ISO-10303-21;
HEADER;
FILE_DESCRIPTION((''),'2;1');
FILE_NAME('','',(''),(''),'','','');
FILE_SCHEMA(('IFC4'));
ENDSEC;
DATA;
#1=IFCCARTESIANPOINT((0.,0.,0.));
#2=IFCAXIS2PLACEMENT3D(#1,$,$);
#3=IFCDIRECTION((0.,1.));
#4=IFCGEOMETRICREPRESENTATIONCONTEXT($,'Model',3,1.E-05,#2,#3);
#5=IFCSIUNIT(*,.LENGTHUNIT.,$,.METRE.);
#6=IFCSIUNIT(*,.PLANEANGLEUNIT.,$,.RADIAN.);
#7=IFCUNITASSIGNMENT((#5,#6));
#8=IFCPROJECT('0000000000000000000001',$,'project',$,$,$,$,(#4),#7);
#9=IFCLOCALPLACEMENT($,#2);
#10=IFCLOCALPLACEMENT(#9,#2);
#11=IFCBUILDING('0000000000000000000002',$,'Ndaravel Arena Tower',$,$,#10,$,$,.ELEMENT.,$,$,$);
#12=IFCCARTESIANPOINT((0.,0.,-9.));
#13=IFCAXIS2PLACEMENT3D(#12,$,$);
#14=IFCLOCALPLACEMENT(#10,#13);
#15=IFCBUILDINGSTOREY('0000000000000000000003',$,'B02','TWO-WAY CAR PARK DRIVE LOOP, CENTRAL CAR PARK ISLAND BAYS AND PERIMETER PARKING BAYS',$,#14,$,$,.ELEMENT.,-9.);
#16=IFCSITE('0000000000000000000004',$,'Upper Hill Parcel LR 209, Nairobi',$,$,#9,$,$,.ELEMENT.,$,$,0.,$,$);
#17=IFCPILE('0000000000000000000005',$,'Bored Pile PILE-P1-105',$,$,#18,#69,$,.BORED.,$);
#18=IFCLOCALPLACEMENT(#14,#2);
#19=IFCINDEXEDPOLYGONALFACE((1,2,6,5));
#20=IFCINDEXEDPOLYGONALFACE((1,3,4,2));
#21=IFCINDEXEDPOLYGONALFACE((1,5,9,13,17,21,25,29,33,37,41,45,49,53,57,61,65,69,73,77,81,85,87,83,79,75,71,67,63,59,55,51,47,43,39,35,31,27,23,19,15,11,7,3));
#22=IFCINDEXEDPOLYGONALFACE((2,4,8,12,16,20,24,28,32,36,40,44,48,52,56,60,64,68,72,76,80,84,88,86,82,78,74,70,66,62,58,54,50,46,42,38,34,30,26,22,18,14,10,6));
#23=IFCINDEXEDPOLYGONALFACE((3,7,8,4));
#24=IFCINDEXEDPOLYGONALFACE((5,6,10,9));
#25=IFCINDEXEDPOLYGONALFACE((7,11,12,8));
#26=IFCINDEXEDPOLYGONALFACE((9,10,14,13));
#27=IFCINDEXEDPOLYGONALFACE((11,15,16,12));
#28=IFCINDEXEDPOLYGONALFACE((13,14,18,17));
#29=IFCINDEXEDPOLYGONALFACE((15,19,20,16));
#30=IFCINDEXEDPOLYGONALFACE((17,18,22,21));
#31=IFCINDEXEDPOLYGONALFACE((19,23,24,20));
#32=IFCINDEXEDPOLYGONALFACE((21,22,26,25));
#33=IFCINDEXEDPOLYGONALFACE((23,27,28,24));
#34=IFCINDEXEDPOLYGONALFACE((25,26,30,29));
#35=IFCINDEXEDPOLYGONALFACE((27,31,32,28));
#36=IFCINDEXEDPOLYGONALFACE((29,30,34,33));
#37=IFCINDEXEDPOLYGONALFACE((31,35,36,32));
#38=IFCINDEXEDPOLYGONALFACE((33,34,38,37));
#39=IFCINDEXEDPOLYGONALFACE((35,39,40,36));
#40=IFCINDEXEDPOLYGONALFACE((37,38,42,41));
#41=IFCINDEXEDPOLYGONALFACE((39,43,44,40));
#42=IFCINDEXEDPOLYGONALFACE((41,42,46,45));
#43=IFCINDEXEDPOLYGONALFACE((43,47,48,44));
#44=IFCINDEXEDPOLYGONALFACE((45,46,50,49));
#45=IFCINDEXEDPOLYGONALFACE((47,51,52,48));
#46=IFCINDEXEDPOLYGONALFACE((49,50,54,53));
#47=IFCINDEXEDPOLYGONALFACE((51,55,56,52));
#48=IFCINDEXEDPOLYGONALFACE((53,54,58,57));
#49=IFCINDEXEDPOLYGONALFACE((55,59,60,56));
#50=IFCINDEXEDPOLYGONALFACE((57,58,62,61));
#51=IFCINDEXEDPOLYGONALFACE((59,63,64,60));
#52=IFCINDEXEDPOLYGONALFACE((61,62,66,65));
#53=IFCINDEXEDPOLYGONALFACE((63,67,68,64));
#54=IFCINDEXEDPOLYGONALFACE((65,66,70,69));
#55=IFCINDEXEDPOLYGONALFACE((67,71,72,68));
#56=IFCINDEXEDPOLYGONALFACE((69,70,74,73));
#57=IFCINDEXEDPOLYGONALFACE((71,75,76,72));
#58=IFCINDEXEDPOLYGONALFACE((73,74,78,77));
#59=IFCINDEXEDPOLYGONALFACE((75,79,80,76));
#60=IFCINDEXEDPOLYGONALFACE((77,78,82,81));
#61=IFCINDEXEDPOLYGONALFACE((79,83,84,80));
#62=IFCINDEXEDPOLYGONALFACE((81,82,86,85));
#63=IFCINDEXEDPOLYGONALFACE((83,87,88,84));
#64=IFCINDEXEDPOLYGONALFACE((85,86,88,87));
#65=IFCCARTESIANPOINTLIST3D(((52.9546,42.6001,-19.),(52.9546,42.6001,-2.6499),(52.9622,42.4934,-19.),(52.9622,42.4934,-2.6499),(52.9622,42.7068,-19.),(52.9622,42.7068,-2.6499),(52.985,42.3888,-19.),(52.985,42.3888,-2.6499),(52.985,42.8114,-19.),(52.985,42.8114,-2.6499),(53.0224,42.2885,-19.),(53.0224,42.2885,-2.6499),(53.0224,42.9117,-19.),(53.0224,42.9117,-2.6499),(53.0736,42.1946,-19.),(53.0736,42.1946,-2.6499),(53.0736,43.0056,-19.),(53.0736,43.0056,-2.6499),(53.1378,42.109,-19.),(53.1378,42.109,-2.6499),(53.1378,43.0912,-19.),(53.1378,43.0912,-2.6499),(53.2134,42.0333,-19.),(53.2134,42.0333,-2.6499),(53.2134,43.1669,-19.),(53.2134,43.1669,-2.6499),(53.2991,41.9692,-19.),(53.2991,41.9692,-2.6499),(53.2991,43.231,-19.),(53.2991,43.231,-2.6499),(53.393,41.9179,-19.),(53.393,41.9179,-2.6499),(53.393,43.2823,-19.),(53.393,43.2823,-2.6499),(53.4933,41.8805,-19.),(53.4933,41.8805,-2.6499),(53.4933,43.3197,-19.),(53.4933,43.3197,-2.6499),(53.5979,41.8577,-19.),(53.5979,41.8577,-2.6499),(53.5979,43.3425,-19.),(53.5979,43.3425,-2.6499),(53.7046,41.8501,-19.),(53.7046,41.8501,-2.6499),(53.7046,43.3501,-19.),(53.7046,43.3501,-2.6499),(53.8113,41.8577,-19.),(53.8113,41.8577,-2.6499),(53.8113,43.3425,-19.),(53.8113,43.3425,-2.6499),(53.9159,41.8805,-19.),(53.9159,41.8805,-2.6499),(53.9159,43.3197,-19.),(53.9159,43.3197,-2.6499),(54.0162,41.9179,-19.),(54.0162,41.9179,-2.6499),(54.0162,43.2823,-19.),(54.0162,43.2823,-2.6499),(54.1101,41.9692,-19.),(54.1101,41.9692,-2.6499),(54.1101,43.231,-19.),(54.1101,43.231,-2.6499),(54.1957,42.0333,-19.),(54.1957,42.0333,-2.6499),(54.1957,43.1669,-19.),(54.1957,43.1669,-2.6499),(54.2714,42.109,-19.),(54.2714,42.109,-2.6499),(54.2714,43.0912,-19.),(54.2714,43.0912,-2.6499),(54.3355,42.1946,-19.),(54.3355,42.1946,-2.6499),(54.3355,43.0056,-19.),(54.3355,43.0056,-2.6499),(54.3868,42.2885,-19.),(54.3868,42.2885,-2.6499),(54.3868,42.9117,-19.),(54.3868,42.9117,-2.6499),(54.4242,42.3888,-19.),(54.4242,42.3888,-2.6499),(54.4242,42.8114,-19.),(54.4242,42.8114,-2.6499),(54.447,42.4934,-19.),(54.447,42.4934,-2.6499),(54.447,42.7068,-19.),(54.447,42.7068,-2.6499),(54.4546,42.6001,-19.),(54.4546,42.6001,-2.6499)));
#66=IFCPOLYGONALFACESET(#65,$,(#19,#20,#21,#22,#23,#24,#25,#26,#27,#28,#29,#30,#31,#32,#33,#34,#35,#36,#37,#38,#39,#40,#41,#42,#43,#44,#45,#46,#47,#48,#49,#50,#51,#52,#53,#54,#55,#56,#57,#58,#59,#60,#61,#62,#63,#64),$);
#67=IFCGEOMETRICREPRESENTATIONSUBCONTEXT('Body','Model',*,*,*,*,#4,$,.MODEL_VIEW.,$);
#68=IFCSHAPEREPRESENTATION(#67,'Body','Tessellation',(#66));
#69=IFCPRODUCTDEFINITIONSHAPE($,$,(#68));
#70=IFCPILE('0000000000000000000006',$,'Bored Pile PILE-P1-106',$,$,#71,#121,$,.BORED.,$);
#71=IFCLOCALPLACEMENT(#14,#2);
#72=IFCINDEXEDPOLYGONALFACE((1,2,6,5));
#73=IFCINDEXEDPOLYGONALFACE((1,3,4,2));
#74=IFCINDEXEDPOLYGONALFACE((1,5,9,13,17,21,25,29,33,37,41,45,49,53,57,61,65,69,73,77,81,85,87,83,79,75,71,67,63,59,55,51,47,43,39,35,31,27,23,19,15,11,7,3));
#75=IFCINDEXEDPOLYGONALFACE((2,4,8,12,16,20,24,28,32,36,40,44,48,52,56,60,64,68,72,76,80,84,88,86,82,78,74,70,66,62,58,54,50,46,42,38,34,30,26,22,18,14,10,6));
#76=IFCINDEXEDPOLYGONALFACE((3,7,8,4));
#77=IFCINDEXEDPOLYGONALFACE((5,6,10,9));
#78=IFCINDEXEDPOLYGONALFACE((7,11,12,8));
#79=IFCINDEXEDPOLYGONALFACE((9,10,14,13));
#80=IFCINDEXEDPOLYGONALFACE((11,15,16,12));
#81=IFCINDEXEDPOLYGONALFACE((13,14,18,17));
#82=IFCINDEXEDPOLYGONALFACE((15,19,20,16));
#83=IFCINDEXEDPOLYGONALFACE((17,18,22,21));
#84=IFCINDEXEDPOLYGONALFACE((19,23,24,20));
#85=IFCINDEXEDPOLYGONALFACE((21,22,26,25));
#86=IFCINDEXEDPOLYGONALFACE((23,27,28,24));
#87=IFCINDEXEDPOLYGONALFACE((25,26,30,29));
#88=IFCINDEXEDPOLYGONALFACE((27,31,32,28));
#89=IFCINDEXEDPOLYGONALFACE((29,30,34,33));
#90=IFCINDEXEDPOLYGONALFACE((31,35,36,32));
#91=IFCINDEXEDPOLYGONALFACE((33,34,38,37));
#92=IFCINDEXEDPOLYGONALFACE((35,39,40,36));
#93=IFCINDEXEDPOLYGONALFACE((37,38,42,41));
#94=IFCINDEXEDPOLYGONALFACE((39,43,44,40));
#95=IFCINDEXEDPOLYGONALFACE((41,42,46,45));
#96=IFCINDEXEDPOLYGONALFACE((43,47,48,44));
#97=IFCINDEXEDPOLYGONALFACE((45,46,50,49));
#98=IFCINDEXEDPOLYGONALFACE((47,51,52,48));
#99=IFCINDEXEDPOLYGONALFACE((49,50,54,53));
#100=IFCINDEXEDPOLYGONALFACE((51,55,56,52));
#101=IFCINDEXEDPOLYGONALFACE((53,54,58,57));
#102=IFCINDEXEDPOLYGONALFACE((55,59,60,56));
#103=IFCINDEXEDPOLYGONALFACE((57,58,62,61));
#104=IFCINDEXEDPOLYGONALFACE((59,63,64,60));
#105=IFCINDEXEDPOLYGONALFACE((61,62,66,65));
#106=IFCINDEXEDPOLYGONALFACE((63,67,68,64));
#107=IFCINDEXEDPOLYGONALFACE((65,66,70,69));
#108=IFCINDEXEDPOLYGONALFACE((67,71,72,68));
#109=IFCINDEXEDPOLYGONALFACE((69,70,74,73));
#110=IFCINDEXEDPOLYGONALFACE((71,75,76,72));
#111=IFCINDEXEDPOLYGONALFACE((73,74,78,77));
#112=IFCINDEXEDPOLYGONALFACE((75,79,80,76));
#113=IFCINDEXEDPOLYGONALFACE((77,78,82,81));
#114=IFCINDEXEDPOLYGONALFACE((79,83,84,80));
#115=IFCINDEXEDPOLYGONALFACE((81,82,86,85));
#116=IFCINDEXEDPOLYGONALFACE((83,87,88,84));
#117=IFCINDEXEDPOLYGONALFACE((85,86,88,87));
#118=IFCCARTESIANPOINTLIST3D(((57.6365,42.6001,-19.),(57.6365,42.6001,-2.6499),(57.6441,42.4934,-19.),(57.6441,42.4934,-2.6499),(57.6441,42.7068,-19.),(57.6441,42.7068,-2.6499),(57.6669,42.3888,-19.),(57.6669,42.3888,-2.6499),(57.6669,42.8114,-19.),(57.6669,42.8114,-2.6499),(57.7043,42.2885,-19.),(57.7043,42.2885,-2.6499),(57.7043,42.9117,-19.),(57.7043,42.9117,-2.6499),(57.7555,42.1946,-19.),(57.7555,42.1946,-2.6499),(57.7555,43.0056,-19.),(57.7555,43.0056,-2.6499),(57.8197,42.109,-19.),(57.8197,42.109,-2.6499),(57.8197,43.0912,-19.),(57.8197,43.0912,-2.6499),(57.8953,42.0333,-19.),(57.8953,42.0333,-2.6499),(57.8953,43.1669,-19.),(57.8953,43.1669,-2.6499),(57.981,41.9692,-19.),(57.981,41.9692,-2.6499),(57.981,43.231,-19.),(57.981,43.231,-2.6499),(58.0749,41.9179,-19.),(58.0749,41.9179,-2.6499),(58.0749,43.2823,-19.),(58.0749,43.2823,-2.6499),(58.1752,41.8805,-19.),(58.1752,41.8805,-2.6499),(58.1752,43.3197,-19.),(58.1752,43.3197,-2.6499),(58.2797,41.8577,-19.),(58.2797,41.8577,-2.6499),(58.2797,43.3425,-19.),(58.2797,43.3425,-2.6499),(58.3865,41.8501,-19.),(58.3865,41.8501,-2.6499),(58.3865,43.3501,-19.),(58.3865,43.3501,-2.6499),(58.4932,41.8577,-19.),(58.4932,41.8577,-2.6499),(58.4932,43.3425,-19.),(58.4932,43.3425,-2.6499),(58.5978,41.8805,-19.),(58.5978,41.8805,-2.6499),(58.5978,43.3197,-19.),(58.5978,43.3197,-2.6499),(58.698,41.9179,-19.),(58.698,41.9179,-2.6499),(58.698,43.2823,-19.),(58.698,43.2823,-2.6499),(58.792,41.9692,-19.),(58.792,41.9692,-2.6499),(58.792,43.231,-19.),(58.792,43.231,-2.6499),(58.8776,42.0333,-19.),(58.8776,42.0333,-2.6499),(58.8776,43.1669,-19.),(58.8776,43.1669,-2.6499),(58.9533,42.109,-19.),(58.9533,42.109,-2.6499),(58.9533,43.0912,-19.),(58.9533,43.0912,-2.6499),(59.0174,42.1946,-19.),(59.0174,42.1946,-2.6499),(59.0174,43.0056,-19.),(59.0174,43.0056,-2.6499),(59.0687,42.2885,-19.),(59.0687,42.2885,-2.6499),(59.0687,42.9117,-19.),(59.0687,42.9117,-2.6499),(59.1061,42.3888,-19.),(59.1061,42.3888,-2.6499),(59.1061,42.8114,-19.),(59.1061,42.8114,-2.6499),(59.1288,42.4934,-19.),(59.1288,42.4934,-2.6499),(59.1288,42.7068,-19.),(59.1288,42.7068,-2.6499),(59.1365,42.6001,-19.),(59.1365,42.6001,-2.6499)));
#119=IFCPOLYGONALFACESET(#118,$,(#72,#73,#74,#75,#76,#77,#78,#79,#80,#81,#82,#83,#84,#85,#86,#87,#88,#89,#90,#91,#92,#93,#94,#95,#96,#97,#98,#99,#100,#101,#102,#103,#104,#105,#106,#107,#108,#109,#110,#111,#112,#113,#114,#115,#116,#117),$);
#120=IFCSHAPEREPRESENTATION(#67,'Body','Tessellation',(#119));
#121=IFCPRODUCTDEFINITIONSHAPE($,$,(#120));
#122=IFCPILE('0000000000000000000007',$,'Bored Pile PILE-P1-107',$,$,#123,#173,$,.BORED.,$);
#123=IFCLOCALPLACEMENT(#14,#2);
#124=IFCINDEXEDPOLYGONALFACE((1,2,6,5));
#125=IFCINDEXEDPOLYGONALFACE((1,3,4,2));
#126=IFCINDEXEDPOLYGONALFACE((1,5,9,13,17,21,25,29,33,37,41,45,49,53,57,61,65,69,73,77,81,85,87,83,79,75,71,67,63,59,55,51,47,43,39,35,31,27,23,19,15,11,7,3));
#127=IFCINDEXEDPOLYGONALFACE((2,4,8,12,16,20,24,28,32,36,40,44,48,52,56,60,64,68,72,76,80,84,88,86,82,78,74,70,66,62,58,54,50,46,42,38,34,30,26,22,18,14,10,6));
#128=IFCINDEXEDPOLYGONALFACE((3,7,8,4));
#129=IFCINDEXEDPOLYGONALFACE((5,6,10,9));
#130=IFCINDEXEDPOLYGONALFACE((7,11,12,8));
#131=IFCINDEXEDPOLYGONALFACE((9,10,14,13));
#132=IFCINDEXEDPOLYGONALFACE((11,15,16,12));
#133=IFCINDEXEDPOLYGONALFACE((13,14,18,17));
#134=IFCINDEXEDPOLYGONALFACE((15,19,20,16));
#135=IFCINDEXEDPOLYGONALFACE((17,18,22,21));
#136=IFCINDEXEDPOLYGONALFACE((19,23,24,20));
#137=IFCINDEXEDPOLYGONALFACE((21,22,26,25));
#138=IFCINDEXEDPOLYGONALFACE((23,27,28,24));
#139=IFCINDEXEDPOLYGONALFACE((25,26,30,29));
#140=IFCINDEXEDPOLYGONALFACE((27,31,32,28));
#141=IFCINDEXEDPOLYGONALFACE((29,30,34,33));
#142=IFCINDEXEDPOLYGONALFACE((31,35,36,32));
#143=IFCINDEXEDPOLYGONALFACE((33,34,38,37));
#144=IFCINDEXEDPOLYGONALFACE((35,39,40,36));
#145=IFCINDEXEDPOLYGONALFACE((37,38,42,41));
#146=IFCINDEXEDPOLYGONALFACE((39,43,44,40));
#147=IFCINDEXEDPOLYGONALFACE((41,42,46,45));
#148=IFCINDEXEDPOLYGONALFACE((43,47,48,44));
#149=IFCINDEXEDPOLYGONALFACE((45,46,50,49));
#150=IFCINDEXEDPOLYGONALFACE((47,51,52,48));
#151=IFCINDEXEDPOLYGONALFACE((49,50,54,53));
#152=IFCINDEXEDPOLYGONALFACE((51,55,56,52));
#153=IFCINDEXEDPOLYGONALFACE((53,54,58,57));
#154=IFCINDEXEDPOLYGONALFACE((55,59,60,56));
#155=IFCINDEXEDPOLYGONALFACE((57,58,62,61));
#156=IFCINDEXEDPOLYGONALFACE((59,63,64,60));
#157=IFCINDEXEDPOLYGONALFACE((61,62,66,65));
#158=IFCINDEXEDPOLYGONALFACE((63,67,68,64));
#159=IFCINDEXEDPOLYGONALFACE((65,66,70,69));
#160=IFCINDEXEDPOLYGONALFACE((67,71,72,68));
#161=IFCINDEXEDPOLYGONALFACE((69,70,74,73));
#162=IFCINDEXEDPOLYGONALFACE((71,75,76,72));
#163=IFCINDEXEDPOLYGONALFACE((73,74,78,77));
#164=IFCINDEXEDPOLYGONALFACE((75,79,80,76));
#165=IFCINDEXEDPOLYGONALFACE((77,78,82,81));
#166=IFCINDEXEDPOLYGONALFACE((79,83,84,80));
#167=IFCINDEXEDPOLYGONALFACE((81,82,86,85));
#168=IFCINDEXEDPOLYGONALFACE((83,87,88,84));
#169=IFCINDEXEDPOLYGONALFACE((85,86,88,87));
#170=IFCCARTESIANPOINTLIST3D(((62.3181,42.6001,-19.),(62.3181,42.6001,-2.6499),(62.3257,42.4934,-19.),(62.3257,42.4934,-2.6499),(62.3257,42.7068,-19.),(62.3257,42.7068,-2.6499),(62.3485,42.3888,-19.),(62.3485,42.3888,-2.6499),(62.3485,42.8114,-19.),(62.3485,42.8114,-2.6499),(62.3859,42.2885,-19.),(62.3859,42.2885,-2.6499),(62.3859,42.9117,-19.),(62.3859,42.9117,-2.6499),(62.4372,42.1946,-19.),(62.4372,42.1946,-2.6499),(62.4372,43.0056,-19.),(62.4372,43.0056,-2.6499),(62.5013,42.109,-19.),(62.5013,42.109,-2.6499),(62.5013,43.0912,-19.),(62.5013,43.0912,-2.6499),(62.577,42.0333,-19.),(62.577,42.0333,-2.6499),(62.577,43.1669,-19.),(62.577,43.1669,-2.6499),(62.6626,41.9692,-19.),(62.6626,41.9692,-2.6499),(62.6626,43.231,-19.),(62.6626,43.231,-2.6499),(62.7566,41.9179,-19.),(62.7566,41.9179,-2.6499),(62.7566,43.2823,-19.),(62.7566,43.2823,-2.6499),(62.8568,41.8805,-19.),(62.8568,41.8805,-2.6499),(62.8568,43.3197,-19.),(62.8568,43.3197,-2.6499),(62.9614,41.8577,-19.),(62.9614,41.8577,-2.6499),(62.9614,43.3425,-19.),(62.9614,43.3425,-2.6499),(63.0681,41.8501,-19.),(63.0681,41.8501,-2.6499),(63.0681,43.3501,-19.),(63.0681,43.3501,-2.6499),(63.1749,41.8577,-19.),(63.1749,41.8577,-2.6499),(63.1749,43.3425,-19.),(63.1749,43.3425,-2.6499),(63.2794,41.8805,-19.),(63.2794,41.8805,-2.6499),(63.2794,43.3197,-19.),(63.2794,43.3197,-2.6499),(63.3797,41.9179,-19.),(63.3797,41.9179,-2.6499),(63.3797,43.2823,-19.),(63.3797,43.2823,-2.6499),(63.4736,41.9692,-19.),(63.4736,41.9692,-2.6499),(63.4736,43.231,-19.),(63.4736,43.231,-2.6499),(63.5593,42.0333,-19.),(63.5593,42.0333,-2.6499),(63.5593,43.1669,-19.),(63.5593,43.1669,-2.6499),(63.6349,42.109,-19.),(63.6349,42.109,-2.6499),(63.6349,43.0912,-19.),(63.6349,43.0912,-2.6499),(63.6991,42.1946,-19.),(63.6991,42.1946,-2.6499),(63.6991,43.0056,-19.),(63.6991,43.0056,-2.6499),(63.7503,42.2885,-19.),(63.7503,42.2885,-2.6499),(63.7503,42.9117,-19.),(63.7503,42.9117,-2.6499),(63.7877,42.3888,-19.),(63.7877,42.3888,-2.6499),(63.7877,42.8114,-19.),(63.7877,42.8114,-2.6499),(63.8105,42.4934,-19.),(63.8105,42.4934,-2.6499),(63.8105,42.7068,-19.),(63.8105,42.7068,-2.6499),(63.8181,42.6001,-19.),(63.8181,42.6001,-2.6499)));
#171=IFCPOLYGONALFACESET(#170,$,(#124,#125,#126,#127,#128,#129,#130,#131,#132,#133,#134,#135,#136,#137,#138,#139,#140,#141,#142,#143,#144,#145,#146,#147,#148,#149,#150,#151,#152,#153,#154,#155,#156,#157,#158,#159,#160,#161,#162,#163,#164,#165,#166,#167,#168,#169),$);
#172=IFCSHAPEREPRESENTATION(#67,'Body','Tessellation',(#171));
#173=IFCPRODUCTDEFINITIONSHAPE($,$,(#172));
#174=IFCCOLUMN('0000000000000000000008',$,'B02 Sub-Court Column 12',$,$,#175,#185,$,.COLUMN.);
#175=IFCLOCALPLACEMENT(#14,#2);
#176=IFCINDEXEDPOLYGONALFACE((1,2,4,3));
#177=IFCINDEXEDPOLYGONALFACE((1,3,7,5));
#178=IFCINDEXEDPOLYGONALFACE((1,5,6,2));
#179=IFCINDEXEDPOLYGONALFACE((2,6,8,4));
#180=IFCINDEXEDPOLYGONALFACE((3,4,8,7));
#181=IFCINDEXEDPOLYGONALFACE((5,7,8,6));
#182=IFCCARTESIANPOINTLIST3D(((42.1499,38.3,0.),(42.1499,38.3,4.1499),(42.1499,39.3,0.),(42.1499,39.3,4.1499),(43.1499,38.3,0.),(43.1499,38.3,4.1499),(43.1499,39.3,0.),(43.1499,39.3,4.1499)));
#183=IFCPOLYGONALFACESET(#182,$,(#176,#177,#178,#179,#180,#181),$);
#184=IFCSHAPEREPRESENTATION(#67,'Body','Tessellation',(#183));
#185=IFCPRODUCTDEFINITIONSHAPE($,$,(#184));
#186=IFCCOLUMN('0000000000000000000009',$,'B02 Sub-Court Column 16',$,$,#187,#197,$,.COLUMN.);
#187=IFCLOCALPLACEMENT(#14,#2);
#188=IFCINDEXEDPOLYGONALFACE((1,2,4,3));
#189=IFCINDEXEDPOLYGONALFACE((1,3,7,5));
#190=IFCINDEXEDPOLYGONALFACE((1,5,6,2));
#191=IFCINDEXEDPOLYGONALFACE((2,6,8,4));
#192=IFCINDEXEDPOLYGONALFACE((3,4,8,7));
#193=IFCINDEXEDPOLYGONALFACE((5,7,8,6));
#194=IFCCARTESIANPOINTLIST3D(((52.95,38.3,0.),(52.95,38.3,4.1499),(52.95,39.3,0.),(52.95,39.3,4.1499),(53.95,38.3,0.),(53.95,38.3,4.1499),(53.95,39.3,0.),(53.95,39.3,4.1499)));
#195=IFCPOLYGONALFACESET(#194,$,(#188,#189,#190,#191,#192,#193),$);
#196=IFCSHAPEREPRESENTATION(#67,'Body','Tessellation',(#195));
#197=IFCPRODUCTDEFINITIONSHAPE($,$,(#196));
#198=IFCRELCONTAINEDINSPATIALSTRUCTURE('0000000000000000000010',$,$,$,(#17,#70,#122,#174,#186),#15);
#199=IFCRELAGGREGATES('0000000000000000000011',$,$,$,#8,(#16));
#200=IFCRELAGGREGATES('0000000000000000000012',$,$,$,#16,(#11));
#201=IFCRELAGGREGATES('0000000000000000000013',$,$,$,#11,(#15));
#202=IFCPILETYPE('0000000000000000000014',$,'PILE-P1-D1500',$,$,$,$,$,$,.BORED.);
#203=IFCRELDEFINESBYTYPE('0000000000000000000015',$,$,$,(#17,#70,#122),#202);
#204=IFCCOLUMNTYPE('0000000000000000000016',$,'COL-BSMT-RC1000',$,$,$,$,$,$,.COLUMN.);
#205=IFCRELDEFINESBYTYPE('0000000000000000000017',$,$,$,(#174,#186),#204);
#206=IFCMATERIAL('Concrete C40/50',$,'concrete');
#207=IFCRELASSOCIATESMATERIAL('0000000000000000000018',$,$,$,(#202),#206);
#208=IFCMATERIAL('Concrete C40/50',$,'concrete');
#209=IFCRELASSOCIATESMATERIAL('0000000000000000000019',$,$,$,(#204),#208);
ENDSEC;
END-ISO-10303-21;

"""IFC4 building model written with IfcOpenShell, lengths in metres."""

from ifc_helpers import new_model, si_unit, direction, frame, origin, origin_2d, place, context, subcontext, project, spatial, rectangle, circle, extrude, material, material_profile, profile_set, type_object, element, save


model = new_model("IFC4")

# Units and contexts
model_context = context("Model", 3, precision=1e-05, world=origin(), true_north=direction((0.0, 1.0)))
body_context = subcontext(model_context, "Body", "Model", "MODEL_VIEW")
ifc_project = project(units=[si_unit("LENGTHUNIT", "METRE"), si_unit("PLANEANGLEUNIT", "RADIAN")], contexts=[model_context])

# Site, building, storey
site_placement = place(None, origin())
site = spatial("IfcSite", under=ifc_project, at=site_placement, Name="Upper Hill Parcel LR 209, Nairobi", CompositionType="ELEMENT", RefElevation=0.0)
building_placement = place(site_placement, origin())
building = spatial("IfcBuilding", under=site, at=building_placement, Name="Ndaravel Arena Tower", CompositionType="ELEMENT")
storey_placement = place(building_placement, frame((0.0, 0.0, -9.0)))
storey = spatial("IfcBuildingStorey", under=building, at=storey_placement, Name="B02", Description="TWO-WAY CAR PARK DRIVE LOOP, CENTRAL CAR PARK ISLAND BAYS AND PERIMETER PARKING BAYS", CompositionType="ELEMENT", Elevation=-9.0)

# Piles
ifc_material_1 = material(Name="Concrete C40/50", Category="concrete")
ifc_material_profile_1 = material_profile(ifc_material_1, circle(Radius=0.75, at=origin_2d()), Name="BORED PILE D1500")
ifc_profile_set_1 = profile_set([ifc_material_profile_1], Name="Concrete C40/50")
pile_type = type_object("IfcPileType", Name="PILE-P1-D1500", PredefinedType="BORED", material=ifc_profile_set_1)
for number, where, z_axis, x_axis, name in (
    (1, (53.7046, 42.6001, -2.6499), (0.0, 0.0, -1.0), (1.0, 0.0, 0.0), "Bored Pile PILE-P1-105"),
    (2, (58.3865, 42.6001, -2.6499), (0.0, 0.0, -1.0), (1.0, 0.0, 0.0), "Bored Pile PILE-P1-106"),
    (3, (63.0681, 42.6001, -2.6499), (0.0, 0.0, -1.0), (1.0, 0.0, 0.0), "Bored Pile PILE-P1-107"),
):
    element("IfcPile", number, at=place(storey_placement, frame(where, z_axis=z_axis, x_axis=x_axis)), inside=storey, type_object=pile_type, Name=name, PredefinedType="BORED", context=body_context, shape_type="SweptSolid", body=[
        extrude(circle(Radius=0.75, at=origin_2d()), origin(), (0.0, 0.0, 1.0), 16.3501),
    ])

# Columns
ifc_material_2 = material(Name="Concrete C40/50", Category="concrete")
ifc_material_profile_2 = material_profile(ifc_material_2, rectangle(XDim=1.0, YDim=1.0, at=origin_2d()), Name="RC 1000x1000")
ifc_profile_set_2 = profile_set([ifc_material_profile_2], Name="Concrete C40/50")
column_type_1 = type_object("IfcColumnType", Name="COL-BSMT-RC1000", PredefinedType="COLUMN", material=ifc_profile_set_2)
for number, where, z_axis, x_axis, name in (
    (4, (42.6499, 38.8, 0.0), (0.0, 0.0, 1.0), (1.0, 0.0, 0.0), "B02 Sub-Court Column 12"),
    (5, (53.45, 38.8, 0.0), (0.0, 0.0, 1.0), (1.0, 0.0, 0.0), "B02 Sub-Court Column 16"),
):
    element("IfcColumn", number, at=place(storey_placement, frame(where, z_axis=z_axis, x_axis=x_axis)), inside=storey, type_object=column_type_1, Name=name, PredefinedType="COLUMN", context=body_context, shape_type="SweptSolid", body=[
        extrude(rectangle(XDim=1.0, YDim=1.0, at=origin_2d()), origin(), (0.0, 0.0, 1.0), 4.1499),
    ])

save(model, "model.ifc")
